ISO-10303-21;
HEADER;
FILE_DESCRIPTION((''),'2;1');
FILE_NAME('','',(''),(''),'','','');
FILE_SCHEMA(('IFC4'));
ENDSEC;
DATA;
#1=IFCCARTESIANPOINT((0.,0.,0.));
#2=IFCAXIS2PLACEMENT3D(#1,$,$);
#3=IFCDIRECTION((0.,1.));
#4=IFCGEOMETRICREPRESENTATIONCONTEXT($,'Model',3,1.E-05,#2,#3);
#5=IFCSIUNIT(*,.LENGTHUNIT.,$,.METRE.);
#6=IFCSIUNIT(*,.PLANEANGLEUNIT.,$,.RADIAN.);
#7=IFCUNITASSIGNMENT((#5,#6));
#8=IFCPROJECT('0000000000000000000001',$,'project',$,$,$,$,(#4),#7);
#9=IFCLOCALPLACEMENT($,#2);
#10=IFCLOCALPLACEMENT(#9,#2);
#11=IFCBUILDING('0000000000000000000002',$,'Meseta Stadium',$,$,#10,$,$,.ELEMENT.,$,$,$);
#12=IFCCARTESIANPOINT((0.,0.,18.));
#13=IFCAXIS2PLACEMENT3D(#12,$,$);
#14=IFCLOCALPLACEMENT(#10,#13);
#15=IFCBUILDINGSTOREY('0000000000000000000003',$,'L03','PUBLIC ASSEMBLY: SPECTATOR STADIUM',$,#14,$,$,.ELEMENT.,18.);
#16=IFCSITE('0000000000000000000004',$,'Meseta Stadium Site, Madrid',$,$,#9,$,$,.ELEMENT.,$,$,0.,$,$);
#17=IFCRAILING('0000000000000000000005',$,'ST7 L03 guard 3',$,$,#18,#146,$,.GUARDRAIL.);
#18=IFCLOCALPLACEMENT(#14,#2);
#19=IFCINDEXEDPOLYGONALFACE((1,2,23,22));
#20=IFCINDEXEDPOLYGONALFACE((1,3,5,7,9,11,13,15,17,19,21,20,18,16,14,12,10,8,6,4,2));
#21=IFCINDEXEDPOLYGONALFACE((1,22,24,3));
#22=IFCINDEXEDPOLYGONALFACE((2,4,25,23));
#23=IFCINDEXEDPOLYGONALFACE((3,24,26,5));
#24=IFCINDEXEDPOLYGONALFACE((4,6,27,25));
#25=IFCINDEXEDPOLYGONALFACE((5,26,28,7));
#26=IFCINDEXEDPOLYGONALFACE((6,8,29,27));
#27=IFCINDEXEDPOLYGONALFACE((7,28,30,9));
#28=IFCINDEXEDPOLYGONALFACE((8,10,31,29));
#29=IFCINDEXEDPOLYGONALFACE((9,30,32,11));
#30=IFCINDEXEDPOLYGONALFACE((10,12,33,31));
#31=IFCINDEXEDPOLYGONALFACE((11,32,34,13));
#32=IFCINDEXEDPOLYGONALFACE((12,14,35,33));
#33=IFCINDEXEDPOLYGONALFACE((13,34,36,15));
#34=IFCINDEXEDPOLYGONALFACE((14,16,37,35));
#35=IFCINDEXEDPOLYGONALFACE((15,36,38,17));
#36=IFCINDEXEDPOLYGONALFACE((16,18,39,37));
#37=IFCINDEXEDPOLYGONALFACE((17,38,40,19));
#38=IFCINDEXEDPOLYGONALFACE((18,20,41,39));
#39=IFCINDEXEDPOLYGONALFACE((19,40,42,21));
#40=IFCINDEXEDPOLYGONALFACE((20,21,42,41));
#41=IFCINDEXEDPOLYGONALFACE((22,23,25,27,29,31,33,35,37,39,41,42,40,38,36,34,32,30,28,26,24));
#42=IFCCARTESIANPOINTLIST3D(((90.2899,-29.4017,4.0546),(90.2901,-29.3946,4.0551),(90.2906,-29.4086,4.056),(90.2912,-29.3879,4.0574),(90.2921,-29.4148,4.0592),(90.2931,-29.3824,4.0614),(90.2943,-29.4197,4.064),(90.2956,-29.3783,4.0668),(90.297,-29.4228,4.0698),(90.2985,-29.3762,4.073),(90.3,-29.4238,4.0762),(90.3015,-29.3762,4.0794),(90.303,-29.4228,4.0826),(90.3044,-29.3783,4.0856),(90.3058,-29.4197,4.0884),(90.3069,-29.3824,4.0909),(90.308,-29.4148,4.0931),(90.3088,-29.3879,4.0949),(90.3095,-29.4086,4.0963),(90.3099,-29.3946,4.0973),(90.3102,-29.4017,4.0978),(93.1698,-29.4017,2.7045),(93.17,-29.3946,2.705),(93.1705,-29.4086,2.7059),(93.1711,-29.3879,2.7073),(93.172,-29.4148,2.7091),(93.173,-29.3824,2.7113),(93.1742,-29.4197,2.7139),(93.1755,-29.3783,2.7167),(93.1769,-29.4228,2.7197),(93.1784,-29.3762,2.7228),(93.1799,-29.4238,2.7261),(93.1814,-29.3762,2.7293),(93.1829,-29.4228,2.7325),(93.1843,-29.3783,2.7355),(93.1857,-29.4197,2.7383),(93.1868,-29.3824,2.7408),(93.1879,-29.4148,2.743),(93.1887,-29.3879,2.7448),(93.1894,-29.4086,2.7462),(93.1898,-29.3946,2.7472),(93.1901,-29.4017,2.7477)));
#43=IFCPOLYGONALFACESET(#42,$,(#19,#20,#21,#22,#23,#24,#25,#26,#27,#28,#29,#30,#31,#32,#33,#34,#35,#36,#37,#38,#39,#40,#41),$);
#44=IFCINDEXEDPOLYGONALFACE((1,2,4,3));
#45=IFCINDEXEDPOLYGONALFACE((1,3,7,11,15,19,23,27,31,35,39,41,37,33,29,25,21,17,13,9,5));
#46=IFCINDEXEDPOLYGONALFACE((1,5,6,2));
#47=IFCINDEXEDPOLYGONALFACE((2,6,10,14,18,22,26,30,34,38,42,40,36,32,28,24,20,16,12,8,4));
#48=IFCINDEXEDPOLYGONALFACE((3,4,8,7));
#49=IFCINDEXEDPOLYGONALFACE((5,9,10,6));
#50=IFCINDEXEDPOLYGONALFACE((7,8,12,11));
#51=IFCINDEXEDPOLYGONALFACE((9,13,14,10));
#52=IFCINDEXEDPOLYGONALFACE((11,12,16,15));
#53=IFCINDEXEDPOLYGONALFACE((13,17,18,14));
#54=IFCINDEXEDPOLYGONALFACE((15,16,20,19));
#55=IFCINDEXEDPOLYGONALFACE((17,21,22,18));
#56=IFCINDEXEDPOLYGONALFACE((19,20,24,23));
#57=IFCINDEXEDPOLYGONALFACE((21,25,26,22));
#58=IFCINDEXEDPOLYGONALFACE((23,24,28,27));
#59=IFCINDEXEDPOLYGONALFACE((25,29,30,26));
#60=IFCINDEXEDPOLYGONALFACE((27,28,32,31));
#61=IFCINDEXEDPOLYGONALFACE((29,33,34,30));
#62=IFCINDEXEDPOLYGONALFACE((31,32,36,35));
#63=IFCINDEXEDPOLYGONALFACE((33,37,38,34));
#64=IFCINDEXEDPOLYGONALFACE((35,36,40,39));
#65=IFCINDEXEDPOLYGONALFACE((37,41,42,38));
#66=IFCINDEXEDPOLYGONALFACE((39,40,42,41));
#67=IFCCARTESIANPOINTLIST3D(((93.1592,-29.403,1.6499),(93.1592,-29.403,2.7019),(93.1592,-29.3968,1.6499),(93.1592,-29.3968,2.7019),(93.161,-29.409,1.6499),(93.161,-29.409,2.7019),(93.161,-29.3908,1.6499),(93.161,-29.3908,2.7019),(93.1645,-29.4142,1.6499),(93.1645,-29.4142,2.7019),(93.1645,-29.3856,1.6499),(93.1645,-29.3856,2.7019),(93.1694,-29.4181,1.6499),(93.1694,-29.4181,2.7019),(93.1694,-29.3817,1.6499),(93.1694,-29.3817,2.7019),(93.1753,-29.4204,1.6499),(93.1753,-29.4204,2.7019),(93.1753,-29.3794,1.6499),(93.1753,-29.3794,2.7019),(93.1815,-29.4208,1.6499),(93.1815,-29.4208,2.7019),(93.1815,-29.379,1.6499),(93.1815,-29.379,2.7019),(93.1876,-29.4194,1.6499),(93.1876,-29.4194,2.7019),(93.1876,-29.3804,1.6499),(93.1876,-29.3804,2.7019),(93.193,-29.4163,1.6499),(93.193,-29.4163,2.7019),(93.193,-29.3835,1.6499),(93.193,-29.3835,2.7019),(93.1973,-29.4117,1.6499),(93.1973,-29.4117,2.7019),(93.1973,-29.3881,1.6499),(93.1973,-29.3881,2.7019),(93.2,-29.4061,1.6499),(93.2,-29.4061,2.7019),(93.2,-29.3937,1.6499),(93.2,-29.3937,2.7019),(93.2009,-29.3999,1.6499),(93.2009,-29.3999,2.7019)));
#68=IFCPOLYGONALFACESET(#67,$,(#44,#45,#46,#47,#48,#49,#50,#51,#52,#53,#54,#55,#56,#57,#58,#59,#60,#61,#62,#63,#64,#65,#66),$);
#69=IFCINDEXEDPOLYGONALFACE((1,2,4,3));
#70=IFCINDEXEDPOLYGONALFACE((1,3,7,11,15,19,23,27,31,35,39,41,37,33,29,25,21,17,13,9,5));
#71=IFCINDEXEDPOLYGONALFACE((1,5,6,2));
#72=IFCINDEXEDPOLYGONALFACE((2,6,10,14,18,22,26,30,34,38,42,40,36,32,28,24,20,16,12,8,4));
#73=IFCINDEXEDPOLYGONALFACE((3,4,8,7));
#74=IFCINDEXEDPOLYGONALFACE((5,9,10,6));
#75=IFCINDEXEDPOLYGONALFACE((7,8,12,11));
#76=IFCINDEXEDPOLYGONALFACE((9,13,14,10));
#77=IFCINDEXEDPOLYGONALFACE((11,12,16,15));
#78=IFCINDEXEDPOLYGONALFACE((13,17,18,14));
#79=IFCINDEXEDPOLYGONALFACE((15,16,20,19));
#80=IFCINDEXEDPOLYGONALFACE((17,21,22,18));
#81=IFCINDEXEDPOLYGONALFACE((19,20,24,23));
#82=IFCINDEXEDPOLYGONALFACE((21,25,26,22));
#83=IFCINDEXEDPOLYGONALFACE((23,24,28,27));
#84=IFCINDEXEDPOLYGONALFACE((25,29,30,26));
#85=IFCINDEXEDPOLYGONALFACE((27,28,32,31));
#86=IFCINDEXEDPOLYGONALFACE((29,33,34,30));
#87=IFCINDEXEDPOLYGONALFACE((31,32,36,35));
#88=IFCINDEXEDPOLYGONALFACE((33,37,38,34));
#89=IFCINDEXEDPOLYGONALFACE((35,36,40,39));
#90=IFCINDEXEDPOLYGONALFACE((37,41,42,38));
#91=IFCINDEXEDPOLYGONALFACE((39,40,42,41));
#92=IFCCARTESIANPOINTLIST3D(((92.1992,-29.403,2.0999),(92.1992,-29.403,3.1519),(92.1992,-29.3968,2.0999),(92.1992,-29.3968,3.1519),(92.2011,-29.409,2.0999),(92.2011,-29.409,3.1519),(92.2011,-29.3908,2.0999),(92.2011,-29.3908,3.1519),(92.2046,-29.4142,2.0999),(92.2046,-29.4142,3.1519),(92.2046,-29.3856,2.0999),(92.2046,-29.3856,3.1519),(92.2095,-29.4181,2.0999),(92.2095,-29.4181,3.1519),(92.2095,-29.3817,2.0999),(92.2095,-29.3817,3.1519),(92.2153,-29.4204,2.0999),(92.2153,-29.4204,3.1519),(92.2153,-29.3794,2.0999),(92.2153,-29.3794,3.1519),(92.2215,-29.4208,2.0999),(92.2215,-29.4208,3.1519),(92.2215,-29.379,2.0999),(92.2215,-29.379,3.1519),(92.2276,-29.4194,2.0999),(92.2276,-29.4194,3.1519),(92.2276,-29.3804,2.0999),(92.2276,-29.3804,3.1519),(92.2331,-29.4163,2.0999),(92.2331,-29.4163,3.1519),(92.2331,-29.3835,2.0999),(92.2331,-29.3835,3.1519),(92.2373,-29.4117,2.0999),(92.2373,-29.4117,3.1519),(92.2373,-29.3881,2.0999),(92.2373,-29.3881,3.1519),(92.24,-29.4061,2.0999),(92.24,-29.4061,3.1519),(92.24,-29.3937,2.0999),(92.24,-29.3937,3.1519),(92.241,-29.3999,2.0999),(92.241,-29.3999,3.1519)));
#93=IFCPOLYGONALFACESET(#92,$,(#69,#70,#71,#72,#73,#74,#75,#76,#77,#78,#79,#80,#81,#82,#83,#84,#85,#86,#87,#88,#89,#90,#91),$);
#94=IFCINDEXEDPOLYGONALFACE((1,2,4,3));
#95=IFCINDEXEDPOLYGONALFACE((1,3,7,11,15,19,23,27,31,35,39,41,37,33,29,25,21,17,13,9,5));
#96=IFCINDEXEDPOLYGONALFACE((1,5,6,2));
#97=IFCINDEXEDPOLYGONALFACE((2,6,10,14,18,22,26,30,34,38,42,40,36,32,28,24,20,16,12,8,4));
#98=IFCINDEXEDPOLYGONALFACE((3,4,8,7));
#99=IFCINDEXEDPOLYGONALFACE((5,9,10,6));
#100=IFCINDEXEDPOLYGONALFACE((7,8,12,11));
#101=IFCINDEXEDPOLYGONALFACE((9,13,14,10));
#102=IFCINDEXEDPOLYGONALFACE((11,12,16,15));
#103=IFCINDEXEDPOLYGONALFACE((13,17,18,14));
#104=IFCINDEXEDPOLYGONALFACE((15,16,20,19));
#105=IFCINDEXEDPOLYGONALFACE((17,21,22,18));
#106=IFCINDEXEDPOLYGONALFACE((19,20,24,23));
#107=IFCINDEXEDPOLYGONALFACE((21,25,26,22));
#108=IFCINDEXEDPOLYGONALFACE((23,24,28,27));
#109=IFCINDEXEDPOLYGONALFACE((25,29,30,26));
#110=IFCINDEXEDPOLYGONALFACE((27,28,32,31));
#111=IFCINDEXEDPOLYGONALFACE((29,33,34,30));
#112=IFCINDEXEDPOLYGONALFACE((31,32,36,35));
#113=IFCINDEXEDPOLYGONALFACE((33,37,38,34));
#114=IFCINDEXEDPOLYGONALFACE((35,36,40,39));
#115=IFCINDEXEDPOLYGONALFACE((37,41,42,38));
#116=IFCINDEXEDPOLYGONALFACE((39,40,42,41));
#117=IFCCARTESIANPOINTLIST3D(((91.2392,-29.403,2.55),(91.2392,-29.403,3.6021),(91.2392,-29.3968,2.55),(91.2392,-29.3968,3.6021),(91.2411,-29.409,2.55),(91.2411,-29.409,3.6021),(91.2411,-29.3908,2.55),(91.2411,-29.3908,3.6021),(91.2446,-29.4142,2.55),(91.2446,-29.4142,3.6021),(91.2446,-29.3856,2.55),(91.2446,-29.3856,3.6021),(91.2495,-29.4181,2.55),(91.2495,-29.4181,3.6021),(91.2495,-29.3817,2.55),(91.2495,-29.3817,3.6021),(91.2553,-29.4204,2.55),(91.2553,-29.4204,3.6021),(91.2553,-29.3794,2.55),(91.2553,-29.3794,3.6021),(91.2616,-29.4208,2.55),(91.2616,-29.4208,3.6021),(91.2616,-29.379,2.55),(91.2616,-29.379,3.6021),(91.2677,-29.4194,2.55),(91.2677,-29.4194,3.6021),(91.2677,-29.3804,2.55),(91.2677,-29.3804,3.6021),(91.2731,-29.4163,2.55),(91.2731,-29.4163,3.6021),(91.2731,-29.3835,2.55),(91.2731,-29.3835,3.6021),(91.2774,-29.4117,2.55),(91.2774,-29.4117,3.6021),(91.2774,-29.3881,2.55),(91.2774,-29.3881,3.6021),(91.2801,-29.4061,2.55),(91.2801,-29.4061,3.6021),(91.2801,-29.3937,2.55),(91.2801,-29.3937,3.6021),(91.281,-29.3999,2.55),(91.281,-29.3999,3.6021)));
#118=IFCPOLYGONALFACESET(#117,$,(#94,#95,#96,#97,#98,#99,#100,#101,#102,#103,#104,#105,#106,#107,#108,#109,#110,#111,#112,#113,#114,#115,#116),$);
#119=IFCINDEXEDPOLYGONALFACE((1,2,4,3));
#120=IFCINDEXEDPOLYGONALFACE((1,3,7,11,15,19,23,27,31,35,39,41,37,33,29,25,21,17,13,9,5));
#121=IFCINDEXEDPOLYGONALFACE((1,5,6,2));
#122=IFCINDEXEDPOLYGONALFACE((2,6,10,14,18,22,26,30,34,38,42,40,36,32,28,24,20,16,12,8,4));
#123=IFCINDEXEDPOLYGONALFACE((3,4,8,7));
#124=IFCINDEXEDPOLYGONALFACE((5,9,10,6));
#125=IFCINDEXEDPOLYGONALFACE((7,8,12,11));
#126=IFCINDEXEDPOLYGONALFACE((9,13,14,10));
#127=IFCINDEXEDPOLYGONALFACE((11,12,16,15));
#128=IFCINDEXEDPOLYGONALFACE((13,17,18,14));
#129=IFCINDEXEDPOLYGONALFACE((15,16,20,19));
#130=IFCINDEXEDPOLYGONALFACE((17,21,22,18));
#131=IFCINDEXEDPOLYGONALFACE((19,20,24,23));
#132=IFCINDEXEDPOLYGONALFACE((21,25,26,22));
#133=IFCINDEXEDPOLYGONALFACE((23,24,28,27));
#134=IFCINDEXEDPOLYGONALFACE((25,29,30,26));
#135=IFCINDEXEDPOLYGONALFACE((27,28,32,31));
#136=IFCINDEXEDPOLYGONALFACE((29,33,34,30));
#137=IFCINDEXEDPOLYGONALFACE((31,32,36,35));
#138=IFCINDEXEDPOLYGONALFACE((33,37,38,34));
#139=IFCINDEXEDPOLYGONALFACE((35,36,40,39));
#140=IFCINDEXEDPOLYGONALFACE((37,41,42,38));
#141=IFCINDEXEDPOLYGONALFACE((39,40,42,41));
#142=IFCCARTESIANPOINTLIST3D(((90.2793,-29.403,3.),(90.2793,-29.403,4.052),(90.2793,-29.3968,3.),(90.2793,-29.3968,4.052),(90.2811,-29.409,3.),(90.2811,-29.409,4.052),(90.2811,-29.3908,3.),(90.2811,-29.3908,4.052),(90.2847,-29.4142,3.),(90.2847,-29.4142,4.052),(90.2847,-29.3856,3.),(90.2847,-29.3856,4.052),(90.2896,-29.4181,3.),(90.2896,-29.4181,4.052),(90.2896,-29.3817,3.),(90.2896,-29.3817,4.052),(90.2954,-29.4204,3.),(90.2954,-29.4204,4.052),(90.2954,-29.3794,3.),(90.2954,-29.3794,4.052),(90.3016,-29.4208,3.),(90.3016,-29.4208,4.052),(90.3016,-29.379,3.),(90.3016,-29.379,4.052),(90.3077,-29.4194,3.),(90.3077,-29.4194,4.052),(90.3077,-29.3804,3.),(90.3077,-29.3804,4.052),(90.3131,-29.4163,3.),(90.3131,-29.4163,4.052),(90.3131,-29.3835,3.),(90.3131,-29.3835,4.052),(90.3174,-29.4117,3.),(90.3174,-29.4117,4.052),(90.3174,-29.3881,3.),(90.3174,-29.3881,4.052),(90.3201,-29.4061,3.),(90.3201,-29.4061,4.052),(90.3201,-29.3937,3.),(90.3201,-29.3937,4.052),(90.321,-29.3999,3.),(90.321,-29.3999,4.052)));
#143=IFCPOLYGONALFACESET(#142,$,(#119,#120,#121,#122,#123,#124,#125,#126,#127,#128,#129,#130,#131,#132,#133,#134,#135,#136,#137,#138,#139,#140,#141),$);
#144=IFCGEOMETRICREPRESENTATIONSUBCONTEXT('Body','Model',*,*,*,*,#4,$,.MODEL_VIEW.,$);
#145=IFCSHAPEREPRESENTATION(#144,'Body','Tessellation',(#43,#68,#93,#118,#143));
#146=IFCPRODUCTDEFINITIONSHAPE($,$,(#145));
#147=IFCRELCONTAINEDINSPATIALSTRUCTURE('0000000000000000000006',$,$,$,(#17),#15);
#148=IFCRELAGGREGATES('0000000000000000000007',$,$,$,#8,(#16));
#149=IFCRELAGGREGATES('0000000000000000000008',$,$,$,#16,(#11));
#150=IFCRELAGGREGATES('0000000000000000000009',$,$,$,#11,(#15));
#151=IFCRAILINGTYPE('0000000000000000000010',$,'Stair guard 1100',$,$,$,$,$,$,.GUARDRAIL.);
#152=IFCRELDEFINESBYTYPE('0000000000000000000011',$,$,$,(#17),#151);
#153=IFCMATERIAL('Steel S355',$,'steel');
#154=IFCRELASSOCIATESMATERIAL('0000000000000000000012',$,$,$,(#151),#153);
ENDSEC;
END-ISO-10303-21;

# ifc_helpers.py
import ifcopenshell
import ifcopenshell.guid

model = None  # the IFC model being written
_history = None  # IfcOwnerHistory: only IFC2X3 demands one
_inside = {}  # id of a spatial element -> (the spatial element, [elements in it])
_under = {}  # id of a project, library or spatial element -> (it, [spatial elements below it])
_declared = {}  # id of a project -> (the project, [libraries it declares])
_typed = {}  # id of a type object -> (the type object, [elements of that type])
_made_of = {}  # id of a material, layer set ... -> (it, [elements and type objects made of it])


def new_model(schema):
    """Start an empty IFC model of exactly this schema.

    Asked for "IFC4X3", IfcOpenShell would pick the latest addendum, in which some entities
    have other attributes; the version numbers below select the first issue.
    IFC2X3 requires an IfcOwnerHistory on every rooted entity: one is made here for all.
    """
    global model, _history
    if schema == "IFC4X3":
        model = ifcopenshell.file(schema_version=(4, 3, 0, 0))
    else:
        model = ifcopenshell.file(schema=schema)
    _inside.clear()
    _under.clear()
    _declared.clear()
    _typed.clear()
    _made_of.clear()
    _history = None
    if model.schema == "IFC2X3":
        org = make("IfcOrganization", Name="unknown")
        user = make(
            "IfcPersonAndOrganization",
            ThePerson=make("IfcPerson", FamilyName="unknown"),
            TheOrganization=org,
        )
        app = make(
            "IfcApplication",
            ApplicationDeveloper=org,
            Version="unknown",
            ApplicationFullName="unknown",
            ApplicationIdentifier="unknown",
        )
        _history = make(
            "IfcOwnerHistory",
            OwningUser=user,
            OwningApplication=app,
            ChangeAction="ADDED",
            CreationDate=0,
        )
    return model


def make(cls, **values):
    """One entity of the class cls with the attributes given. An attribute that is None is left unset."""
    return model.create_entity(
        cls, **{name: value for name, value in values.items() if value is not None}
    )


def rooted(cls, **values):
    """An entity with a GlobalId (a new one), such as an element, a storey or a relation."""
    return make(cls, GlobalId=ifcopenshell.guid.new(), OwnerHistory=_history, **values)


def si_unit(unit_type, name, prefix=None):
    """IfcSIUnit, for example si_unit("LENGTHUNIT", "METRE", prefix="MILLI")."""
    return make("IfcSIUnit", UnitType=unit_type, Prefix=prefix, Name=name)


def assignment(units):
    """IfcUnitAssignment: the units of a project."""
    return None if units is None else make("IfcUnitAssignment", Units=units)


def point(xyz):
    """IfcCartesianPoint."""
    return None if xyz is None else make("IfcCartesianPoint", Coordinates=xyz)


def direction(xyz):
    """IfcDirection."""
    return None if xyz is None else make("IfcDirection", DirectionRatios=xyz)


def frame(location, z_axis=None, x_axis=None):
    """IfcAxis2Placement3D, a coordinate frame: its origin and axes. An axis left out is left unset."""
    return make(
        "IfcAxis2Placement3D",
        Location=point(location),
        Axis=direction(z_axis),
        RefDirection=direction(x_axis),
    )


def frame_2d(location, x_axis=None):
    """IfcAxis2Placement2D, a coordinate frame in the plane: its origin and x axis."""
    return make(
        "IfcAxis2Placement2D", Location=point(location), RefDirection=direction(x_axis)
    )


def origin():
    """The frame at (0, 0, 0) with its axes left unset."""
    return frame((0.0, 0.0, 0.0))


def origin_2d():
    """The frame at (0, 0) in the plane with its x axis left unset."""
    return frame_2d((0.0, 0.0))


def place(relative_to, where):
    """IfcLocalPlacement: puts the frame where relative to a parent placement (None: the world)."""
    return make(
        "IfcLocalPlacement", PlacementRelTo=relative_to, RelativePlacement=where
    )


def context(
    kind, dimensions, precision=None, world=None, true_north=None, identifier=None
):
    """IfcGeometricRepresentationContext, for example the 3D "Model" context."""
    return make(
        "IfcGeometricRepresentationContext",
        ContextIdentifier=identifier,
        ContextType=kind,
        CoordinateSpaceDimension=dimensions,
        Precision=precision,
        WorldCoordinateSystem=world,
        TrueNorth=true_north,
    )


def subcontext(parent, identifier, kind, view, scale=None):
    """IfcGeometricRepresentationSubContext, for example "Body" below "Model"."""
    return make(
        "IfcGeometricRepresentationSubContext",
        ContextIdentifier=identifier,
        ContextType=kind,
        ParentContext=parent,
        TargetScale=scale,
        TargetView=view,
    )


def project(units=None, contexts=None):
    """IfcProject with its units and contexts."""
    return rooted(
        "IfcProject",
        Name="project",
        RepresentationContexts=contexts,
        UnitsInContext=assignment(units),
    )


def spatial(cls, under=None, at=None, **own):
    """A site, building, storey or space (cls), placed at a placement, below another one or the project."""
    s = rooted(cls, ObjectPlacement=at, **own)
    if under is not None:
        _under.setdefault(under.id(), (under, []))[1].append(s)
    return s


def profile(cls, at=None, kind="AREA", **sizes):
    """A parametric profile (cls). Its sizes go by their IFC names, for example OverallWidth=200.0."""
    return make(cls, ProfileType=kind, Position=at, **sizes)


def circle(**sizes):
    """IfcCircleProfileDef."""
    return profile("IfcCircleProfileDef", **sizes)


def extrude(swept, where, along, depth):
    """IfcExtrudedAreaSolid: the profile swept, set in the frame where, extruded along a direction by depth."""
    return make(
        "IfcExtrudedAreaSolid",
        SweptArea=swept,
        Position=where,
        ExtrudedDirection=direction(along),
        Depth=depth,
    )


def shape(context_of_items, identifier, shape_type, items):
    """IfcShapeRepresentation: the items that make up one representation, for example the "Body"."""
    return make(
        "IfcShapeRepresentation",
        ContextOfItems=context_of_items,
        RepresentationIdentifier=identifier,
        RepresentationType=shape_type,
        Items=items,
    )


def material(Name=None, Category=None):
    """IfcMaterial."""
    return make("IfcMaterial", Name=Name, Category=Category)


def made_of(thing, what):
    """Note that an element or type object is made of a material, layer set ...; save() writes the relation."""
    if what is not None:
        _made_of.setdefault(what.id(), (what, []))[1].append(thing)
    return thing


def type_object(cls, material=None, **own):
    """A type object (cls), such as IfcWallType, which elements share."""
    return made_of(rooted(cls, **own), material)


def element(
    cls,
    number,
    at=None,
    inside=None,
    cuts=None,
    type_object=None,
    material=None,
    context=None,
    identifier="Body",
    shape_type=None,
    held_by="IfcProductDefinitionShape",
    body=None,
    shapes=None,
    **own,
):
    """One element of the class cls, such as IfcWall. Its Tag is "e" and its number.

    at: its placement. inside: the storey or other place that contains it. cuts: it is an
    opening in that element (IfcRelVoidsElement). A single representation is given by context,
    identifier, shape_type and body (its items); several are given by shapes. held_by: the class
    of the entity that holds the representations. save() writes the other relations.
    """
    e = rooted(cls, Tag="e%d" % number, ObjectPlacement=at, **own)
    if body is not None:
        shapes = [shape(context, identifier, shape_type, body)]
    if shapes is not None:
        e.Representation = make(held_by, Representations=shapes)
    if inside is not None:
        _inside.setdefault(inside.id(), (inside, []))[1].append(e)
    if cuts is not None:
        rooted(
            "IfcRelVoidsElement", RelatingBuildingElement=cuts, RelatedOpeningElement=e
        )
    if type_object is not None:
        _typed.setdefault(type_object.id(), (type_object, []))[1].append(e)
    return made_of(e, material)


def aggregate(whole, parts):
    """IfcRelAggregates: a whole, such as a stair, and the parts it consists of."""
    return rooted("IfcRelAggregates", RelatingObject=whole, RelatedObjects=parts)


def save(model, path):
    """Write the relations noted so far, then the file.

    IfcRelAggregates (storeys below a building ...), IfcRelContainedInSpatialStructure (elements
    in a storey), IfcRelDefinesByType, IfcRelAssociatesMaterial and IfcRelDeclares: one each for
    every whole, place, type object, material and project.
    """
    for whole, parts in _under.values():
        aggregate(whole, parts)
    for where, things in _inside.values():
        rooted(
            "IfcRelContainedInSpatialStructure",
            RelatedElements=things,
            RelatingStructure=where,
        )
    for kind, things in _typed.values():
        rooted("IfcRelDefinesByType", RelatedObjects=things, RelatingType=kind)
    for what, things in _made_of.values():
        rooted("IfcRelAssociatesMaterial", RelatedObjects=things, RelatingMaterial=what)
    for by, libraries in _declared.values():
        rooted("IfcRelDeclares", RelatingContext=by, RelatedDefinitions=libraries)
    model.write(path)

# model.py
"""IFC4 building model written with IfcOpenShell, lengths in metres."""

from ifc_helpers import new_model, si_unit, direction, frame, origin, origin_2d, place, context, subcontext, project, spatial, circle, extrude, material, type_object, element, save


model = new_model("IFC4")

# Units and contexts
model_context = context("Model", 3, precision=1e-05, world=origin(), true_north=direction((0.0, 1.0)))
body_context = subcontext(model_context, "Body", "Model", "MODEL_VIEW")
ifc_project = project(units=[si_unit("LENGTHUNIT", "METRE"), si_unit("PLANEANGLEUNIT", "RADIAN")], contexts=[model_context])

# Site, building, storey
site_placement = place(None, origin())
site = spatial("IfcSite", under=ifc_project, at=site_placement, Name="Meseta Stadium Site, Madrid", CompositionType="ELEMENT", RefElevation=0.0)
building_placement = place(site_placement, origin())
building = spatial("IfcBuilding", under=site, at=building_placement, Name="Meseta Stadium", CompositionType="ELEMENT")
storey_placement = place(building_placement, frame((0.0, 0.0, 18.0)))
storey = spatial("IfcBuildingStorey", under=building, at=storey_placement, Name="L03", Description="PUBLIC ASSEMBLY: SPECTATOR STADIUM", CompositionType="ELEMENT", Elevation=18.0)

# Railing
ifc_material_1 = material(Name="Steel S355", Category="steel")
railing_type_1 = type_object("IfcRailingType", Name="Stair guard 1100", PredefinedType="GUARDRAIL", material=ifc_material_1)
railing_1_placement = place(storey_placement, frame((93.1799, -29.3999, 1.6499)))
element("IfcRailing", 1, at=railing_1_placement, inside=storey, type_object=railing_type_1, Name="ST7 L03 guard 3", PredefinedType="GUARDRAIL", context=body_context, shape_type="SweptSolid", body=[
    extrude(circle(Radius=0.0239, at=origin_2d()), frame((0.0, 0.0, 1.0762), z_axis=(-0.90544, 0.0, 0.424473), x_axis=(0.0, -1.0, 0.0)), (0.0, 0.0, 1.0), 3.1807),
    extrude(circle(Radius=0.021, at=origin_2d()), origin(), (0.0, 0.0, 1.0), 1.052),
    extrude(circle(Radius=0.021, at=origin_2d()), frame((-0.96, 0.0, 0.45)), (0.0, 0.0, 1.0), 1.052),
    extrude(circle(Radius=0.021, at=origin_2d()), frame((-1.9199, 0.0, 0.9001)), (0.0, 0.0, 1.0), 1.052),
    extrude(circle(Radius=0.021, at=origin_2d()), frame((-2.8799, 0.0, 1.3501)), (0.0, 0.0, 1.0), 1.052),
])

save(model, "model.ifc")
